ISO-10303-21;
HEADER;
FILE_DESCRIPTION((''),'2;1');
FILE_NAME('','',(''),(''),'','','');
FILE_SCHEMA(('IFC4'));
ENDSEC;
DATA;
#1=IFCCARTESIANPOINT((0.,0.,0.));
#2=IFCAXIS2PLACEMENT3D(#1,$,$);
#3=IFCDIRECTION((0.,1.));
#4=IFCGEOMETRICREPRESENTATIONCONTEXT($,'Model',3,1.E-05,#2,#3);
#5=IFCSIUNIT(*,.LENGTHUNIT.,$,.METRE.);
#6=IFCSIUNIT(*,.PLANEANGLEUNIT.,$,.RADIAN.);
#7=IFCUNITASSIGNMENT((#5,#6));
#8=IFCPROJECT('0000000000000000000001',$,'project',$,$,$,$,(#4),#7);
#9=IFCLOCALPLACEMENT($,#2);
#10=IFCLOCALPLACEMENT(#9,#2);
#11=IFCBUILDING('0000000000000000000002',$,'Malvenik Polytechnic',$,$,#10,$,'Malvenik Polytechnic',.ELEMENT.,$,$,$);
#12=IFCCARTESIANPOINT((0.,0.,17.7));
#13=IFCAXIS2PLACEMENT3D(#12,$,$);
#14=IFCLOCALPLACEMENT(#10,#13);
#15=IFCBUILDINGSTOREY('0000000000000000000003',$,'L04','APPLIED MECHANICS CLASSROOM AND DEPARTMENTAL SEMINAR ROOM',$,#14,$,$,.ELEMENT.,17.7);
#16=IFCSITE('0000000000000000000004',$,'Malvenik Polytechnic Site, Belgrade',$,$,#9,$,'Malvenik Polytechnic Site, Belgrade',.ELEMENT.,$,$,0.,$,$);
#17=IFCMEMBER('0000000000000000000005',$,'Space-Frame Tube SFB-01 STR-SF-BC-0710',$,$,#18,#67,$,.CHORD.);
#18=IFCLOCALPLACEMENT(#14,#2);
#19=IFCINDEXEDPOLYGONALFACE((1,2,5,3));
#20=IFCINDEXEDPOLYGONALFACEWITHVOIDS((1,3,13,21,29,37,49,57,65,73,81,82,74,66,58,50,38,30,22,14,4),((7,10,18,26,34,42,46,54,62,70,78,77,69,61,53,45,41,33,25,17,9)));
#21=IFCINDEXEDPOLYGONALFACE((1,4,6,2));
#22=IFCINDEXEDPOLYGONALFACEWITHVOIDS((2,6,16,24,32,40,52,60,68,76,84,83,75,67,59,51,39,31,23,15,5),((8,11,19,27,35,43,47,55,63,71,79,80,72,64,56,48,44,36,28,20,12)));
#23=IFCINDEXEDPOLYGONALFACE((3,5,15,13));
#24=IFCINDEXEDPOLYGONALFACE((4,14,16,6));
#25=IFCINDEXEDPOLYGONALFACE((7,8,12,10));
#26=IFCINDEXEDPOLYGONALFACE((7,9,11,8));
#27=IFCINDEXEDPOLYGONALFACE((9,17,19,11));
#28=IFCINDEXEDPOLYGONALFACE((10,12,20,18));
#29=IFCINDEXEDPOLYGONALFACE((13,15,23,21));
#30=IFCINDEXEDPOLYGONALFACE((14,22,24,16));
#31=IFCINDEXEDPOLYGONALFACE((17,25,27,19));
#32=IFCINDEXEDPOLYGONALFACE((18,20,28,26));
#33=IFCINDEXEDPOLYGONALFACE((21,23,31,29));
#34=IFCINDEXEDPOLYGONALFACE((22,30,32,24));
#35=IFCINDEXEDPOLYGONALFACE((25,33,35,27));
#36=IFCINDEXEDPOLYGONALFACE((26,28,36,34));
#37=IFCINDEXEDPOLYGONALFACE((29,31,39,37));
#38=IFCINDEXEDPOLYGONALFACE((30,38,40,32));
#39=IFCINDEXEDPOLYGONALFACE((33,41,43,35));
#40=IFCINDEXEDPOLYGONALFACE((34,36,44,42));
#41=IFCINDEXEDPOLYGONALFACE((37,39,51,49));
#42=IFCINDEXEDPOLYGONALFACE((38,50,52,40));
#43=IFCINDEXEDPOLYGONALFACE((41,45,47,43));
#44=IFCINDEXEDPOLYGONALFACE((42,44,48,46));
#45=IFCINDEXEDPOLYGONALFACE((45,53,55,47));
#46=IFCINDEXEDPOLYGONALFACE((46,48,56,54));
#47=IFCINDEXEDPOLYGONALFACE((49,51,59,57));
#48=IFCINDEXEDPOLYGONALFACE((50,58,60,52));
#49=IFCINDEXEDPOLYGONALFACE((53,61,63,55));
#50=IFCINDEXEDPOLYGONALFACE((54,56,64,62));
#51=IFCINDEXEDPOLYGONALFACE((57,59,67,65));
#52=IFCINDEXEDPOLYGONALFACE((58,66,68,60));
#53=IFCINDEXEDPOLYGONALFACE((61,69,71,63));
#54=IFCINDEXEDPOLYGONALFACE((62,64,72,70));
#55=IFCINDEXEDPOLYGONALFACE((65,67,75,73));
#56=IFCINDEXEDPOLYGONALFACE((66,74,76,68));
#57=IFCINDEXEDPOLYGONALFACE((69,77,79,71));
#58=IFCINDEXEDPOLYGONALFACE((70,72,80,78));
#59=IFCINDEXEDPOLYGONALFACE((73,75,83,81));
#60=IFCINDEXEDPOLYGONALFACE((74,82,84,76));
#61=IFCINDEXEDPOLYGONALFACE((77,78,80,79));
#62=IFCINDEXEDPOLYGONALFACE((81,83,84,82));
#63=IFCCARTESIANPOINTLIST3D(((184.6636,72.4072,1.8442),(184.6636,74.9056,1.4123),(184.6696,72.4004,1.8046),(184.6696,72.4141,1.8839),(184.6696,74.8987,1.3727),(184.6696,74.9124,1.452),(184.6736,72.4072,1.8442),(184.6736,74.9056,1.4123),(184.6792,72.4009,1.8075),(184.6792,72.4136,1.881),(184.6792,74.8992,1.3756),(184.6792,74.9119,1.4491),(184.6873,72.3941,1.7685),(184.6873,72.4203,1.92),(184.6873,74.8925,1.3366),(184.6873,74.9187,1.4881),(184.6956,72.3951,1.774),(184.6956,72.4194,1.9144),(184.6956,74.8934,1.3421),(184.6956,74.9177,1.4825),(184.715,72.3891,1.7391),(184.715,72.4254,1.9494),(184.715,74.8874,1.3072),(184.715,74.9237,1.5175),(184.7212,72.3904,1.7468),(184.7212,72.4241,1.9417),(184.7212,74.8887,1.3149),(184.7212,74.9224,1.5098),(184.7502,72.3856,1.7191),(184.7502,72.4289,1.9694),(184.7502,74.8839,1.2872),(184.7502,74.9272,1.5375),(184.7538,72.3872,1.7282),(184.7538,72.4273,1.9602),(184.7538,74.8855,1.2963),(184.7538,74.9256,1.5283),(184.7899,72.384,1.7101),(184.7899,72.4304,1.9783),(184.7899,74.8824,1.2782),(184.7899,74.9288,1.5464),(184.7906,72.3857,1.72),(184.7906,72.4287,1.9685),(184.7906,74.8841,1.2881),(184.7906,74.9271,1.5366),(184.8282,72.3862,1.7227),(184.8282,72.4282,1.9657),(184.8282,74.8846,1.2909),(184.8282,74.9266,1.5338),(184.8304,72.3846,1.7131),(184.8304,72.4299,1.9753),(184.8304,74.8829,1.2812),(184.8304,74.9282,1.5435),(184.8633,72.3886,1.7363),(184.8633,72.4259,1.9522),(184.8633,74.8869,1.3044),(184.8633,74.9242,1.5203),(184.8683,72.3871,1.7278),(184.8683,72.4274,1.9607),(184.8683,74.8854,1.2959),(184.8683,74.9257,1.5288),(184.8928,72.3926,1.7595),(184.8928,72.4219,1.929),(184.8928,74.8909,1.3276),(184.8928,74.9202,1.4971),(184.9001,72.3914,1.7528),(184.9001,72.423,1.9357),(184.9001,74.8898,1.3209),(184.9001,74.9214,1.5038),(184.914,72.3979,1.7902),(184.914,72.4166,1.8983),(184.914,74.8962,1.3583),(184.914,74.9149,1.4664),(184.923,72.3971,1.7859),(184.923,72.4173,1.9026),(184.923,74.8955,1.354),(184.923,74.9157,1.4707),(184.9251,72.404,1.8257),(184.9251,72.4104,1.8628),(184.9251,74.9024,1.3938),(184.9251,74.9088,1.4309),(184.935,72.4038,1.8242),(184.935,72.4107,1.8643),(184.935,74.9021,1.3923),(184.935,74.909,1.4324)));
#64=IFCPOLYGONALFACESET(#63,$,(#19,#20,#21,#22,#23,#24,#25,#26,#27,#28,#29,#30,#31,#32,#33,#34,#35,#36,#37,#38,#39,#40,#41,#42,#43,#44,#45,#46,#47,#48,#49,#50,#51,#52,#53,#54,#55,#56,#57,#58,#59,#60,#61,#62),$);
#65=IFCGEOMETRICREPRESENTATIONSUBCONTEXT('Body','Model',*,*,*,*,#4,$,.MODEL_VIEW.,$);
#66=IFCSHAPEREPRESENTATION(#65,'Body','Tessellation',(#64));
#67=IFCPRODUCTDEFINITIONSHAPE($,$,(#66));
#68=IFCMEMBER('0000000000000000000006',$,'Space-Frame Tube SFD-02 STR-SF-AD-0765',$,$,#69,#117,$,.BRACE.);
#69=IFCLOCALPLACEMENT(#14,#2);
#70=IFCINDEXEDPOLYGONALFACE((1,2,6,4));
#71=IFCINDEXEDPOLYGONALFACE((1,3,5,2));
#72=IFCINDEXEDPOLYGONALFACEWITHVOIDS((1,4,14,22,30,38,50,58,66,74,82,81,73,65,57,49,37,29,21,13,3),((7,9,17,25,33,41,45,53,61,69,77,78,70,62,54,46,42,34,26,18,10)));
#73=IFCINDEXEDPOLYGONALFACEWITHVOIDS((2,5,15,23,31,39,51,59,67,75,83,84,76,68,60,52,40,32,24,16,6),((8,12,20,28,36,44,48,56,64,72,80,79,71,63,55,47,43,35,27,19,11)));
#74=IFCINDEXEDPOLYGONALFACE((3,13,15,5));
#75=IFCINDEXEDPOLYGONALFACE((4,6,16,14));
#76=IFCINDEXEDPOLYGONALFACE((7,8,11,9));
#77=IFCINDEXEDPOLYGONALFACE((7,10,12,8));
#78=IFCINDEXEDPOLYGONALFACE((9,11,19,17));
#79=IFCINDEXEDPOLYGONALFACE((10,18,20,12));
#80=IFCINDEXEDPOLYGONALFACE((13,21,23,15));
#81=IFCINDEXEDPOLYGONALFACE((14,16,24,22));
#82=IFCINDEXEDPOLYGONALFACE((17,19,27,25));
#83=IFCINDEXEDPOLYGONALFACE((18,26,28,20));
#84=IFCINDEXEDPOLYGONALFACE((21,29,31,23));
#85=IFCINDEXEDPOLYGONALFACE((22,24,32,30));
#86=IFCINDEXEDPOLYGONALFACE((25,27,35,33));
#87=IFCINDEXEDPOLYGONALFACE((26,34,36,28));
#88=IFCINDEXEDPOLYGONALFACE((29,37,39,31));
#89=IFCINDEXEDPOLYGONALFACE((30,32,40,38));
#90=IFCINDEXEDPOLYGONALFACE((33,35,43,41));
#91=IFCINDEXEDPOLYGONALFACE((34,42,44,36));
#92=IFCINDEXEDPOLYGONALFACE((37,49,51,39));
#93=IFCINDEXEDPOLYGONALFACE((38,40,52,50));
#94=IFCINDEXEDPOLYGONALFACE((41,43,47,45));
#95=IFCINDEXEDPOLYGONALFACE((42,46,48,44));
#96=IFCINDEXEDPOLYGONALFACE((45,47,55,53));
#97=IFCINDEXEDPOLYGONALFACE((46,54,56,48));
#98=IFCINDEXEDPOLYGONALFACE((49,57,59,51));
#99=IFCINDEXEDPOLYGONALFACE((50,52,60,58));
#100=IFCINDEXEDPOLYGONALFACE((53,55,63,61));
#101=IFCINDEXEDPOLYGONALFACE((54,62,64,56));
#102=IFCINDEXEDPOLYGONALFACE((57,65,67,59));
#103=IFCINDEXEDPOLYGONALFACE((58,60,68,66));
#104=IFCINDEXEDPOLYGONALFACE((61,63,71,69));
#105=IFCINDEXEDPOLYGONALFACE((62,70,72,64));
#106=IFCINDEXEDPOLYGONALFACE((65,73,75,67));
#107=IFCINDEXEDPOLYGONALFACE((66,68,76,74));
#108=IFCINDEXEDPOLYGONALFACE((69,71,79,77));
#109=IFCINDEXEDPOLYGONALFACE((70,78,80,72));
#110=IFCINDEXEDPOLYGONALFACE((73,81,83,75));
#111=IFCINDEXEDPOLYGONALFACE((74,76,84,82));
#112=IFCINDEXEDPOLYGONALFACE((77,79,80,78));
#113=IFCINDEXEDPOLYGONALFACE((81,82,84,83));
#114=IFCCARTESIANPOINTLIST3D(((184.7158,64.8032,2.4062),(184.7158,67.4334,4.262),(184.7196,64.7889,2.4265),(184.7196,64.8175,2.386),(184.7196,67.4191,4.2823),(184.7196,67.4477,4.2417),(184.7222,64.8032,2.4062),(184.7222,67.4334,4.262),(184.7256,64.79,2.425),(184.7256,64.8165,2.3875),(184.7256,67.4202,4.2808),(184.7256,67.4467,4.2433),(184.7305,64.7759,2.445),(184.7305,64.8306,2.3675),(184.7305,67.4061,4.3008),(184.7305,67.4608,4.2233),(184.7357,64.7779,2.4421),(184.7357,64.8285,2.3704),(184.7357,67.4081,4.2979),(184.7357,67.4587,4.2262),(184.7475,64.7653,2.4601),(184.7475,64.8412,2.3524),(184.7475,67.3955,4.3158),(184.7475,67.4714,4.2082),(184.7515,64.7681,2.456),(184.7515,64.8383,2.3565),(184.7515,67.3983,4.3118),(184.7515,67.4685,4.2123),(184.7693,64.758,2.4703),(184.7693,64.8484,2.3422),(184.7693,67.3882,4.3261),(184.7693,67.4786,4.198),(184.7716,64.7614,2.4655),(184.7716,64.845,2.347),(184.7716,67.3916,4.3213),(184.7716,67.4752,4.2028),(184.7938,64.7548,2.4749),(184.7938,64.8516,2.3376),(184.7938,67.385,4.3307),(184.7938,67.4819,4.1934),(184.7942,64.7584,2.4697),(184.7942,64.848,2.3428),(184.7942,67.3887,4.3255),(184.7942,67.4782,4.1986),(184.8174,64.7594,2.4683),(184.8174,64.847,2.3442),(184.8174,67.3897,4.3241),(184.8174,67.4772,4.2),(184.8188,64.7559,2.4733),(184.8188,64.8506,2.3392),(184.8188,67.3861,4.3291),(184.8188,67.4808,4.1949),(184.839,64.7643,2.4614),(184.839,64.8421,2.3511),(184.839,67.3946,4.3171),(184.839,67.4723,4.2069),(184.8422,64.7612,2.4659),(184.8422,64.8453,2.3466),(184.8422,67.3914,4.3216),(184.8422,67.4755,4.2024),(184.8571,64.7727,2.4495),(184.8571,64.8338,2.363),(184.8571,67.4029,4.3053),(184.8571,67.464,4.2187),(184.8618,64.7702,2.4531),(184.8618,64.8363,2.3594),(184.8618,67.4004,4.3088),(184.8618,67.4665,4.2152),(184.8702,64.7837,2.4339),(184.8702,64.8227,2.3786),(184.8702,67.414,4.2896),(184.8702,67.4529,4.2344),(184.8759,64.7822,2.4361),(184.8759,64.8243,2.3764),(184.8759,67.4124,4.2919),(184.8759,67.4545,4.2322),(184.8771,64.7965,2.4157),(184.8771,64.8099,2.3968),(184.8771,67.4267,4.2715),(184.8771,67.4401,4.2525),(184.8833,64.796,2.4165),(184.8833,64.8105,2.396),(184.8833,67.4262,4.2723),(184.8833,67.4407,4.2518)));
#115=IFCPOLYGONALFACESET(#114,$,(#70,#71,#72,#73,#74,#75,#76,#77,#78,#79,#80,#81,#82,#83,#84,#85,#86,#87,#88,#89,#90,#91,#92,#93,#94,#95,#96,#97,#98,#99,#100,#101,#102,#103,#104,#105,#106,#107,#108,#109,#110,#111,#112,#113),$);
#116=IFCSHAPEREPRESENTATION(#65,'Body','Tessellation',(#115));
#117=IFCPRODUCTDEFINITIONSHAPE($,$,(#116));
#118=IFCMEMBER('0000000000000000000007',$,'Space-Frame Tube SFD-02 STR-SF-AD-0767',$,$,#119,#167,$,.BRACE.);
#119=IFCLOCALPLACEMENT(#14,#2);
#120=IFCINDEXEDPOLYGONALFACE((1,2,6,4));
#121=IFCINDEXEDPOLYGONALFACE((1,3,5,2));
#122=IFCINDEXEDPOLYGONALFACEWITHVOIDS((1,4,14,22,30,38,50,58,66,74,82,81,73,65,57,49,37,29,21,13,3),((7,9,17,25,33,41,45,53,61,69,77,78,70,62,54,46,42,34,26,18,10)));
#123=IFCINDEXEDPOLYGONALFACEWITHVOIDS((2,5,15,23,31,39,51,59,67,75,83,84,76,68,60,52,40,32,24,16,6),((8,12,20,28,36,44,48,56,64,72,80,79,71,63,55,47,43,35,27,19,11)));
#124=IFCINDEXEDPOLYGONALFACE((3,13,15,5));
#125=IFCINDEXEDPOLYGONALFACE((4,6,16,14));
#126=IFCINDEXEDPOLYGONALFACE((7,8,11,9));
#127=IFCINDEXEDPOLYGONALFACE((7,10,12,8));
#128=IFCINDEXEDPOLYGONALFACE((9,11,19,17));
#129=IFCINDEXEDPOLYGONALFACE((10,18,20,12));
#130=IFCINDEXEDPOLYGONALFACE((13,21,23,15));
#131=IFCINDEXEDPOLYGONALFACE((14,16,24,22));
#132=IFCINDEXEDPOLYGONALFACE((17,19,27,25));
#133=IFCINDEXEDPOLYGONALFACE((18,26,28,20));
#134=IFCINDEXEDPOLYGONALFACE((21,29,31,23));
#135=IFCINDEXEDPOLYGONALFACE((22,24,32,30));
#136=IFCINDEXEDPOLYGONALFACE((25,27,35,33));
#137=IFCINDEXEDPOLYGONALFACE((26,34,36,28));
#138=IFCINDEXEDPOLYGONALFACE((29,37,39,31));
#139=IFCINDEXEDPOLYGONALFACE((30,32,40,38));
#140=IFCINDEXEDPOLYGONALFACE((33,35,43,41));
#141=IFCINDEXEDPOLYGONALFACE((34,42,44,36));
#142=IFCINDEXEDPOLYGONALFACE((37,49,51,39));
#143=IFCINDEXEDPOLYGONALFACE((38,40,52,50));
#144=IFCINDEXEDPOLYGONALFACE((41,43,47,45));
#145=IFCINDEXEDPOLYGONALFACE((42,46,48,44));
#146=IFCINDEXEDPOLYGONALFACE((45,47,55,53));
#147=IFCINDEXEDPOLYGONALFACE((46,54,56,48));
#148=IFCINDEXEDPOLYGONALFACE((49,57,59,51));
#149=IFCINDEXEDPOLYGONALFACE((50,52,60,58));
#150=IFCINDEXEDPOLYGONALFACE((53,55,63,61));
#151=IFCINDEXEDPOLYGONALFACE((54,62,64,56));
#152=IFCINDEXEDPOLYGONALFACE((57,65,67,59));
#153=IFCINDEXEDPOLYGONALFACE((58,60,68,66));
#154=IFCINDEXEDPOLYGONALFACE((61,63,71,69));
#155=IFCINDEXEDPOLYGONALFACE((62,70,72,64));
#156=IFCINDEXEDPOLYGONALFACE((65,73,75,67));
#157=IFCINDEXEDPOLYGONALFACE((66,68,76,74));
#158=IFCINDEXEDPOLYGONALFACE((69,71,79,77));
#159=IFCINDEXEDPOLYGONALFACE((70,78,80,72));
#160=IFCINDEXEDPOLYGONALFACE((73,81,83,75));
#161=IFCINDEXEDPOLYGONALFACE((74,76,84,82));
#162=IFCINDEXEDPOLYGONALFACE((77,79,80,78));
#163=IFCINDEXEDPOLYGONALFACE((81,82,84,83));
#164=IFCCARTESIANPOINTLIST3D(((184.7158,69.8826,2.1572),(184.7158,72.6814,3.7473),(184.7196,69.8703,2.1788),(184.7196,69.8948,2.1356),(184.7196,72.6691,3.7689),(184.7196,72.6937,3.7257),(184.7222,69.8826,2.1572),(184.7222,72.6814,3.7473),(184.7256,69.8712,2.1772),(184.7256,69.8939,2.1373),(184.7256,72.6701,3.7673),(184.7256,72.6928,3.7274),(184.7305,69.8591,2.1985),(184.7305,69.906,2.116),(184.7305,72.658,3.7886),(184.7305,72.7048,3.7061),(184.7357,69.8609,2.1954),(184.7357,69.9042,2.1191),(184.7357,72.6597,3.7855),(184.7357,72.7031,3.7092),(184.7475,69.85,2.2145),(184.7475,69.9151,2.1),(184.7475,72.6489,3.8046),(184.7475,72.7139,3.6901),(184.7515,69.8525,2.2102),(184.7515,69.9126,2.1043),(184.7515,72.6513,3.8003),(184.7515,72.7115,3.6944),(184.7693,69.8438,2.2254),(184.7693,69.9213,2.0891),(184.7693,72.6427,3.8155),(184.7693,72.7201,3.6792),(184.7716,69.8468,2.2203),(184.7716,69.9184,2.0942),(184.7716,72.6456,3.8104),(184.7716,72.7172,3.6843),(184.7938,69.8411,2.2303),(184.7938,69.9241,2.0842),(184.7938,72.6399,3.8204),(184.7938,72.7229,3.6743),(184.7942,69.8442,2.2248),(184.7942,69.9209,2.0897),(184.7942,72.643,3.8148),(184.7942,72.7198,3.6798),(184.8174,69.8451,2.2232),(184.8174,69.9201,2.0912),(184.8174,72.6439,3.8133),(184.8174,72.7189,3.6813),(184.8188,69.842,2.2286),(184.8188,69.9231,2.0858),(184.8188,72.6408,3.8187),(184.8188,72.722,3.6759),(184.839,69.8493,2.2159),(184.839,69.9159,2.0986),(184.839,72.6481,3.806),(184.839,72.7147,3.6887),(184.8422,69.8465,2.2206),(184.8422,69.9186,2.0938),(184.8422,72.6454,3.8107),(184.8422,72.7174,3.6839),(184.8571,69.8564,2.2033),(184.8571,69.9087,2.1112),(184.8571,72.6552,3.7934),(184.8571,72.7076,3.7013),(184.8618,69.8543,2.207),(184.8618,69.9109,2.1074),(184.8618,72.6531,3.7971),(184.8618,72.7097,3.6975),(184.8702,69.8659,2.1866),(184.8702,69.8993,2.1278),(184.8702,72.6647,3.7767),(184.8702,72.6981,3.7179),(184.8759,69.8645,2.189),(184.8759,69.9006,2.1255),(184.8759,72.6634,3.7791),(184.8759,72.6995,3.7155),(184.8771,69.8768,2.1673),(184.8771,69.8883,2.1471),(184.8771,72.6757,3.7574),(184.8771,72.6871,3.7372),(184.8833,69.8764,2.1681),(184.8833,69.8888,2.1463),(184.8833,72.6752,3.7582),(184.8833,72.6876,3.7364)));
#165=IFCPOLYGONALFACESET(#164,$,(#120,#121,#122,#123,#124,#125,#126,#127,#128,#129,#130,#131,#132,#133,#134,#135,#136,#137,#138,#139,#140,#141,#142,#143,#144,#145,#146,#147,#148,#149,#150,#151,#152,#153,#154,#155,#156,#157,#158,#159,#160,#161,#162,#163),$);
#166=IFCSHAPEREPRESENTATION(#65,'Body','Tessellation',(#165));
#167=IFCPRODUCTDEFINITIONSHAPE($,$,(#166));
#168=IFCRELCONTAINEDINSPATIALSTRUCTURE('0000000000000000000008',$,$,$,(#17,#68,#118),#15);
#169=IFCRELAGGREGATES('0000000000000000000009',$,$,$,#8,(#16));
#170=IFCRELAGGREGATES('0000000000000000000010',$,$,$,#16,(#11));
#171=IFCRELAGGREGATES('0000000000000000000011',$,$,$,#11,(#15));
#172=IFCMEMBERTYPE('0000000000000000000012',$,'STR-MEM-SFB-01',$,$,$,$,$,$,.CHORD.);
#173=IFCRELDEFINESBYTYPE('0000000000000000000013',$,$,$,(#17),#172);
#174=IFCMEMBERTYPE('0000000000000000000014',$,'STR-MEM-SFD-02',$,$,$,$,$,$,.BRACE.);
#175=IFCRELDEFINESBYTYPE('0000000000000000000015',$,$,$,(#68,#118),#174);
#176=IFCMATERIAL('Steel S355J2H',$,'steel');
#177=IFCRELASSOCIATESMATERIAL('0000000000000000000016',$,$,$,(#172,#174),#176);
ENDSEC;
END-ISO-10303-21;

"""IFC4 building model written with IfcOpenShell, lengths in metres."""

from ifc_helpers import new_model, si_unit, direction, frame, origin, origin_2d, place, context, subcontext, project, spatial, hollow_circle, extrude, material, material_profile, profile_set, type_object, element, save


model = new_model("IFC4")

# Units and contexts
model_context = context("Model", 3, precision=1e-05, world=origin(), true_north=direction((0.0, 1.0)))
body_context = subcontext(model_context, "Body", "Model", "MODEL_VIEW")
ifc_project = project(units=[si_unit("LENGTHUNIT", "METRE"), si_unit("PLANEANGLEUNIT", "RADIAN")], contexts=[model_context])

# Site, building, storey
site_placement = place(None, origin())
site = spatial("IfcSite", under=ifc_project, at=site_placement, Name="Malvenik Polytechnic Site, Belgrade", LongName="Malvenik Polytechnic Site, Belgrade", CompositionType="ELEMENT", RefElevation=0.0)
building_placement = place(site_placement, origin())
building = spatial("IfcBuilding", under=site, at=building_placement, Name="Malvenik Polytechnic", LongName="Malvenik Polytechnic", CompositionType="ELEMENT")
storey_placement = place(building_placement, frame((0.0, 0.0, 17.7)))
storey = spatial("IfcBuildingStorey", under=building, at=storey_placement, Name="L04", Description="APPLIED MECHANICS CLASSROOM AND DEPARTMENTAL SEMINAR ROOM", CompositionType="ELEMENT", Elevation=17.7)

# Members
ifc_material_1 = material(Name="Steel S355J2H", Category="steel")
ifc_material_profile_1 = material_profile(ifc_material_1, hollow_circle(Radius=0.1365, WallThickness=0.01, at=origin_2d()), Name="CHS 273.0x10.0")
ifc_profile_set_1 = profile_set([ifc_material_profile_1], Name="Steel S355J2H")
member_type_1 = type_object("IfcMemberType", Name="STR-MEM-SFB-01", PredefinedType="CHORD", material=ifc_profile_set_1)
for number, where, z_axis, x_axis, name in (
    (1, (184.8, 72.4072, 1.8442), (0.0, 0.985384, -0.170345), (-1.0, 0.0, 0.0), "Space-Frame Tube SFB-01 STR-SF-BC-0710"),
):
    element("IfcMember", number, at=place(storey_placement, frame(where, z_axis=z_axis, x_axis=x_axis)), inside=storey, type_object=member_type_1, Name=name, PredefinedType="CHORD", context=body_context, shape_type="SweptSolid", body=[
        extrude(hollow_circle(Radius=0.1365, WallThickness=0.01, at=origin_2d()), origin(), (0.0, 0.0, 1.0), 2.5354),
    ])
ifc_material_profile_2 = material_profile(ifc_material_1, hollow_circle(Radius=0.0842, WallThickness=0.0063, at=origin_2d()), Name="CHS 168.3x6.3")
ifc_profile_set_2 = profile_set([ifc_material_profile_2], Name="Steel S355J2H")
member_type_2 = type_object("IfcMemberType", Name="STR-MEM-SFD-02", PredefinedType="BRACE", material=ifc_profile_set_2)
for number, where, z_axis, x_axis, name in (
    (2, (184.8, 64.8032, 2.4062), (0.0, 0.817092, 0.576507), (-1.0, 0.0, 0.0), "Space-Frame Tube SFD-02 STR-SF-AD-0765"),
    (3, (184.8, 69.8826, 2.1572), (0.0, 0.869477, 0.493973), (-1.0, 0.0, 0.0), "Space-Frame Tube SFD-02 STR-SF-AD-0767"),
):
    element("IfcMember", number, at=place(storey_placement, frame(where, z_axis=z_axis, x_axis=x_axis)), inside=storey, type_object=member_type_2, Name=name, PredefinedType="BRACE", context=body_context, shape_type="SweptSolid", body=[
        extrude(hollow_circle(Radius=0.0842, WallThickness=0.0063, at=origin_2d()), origin(), (0.0, 0.0, 1.0), 3.219),
    ])

save(model, "model.ifc")
